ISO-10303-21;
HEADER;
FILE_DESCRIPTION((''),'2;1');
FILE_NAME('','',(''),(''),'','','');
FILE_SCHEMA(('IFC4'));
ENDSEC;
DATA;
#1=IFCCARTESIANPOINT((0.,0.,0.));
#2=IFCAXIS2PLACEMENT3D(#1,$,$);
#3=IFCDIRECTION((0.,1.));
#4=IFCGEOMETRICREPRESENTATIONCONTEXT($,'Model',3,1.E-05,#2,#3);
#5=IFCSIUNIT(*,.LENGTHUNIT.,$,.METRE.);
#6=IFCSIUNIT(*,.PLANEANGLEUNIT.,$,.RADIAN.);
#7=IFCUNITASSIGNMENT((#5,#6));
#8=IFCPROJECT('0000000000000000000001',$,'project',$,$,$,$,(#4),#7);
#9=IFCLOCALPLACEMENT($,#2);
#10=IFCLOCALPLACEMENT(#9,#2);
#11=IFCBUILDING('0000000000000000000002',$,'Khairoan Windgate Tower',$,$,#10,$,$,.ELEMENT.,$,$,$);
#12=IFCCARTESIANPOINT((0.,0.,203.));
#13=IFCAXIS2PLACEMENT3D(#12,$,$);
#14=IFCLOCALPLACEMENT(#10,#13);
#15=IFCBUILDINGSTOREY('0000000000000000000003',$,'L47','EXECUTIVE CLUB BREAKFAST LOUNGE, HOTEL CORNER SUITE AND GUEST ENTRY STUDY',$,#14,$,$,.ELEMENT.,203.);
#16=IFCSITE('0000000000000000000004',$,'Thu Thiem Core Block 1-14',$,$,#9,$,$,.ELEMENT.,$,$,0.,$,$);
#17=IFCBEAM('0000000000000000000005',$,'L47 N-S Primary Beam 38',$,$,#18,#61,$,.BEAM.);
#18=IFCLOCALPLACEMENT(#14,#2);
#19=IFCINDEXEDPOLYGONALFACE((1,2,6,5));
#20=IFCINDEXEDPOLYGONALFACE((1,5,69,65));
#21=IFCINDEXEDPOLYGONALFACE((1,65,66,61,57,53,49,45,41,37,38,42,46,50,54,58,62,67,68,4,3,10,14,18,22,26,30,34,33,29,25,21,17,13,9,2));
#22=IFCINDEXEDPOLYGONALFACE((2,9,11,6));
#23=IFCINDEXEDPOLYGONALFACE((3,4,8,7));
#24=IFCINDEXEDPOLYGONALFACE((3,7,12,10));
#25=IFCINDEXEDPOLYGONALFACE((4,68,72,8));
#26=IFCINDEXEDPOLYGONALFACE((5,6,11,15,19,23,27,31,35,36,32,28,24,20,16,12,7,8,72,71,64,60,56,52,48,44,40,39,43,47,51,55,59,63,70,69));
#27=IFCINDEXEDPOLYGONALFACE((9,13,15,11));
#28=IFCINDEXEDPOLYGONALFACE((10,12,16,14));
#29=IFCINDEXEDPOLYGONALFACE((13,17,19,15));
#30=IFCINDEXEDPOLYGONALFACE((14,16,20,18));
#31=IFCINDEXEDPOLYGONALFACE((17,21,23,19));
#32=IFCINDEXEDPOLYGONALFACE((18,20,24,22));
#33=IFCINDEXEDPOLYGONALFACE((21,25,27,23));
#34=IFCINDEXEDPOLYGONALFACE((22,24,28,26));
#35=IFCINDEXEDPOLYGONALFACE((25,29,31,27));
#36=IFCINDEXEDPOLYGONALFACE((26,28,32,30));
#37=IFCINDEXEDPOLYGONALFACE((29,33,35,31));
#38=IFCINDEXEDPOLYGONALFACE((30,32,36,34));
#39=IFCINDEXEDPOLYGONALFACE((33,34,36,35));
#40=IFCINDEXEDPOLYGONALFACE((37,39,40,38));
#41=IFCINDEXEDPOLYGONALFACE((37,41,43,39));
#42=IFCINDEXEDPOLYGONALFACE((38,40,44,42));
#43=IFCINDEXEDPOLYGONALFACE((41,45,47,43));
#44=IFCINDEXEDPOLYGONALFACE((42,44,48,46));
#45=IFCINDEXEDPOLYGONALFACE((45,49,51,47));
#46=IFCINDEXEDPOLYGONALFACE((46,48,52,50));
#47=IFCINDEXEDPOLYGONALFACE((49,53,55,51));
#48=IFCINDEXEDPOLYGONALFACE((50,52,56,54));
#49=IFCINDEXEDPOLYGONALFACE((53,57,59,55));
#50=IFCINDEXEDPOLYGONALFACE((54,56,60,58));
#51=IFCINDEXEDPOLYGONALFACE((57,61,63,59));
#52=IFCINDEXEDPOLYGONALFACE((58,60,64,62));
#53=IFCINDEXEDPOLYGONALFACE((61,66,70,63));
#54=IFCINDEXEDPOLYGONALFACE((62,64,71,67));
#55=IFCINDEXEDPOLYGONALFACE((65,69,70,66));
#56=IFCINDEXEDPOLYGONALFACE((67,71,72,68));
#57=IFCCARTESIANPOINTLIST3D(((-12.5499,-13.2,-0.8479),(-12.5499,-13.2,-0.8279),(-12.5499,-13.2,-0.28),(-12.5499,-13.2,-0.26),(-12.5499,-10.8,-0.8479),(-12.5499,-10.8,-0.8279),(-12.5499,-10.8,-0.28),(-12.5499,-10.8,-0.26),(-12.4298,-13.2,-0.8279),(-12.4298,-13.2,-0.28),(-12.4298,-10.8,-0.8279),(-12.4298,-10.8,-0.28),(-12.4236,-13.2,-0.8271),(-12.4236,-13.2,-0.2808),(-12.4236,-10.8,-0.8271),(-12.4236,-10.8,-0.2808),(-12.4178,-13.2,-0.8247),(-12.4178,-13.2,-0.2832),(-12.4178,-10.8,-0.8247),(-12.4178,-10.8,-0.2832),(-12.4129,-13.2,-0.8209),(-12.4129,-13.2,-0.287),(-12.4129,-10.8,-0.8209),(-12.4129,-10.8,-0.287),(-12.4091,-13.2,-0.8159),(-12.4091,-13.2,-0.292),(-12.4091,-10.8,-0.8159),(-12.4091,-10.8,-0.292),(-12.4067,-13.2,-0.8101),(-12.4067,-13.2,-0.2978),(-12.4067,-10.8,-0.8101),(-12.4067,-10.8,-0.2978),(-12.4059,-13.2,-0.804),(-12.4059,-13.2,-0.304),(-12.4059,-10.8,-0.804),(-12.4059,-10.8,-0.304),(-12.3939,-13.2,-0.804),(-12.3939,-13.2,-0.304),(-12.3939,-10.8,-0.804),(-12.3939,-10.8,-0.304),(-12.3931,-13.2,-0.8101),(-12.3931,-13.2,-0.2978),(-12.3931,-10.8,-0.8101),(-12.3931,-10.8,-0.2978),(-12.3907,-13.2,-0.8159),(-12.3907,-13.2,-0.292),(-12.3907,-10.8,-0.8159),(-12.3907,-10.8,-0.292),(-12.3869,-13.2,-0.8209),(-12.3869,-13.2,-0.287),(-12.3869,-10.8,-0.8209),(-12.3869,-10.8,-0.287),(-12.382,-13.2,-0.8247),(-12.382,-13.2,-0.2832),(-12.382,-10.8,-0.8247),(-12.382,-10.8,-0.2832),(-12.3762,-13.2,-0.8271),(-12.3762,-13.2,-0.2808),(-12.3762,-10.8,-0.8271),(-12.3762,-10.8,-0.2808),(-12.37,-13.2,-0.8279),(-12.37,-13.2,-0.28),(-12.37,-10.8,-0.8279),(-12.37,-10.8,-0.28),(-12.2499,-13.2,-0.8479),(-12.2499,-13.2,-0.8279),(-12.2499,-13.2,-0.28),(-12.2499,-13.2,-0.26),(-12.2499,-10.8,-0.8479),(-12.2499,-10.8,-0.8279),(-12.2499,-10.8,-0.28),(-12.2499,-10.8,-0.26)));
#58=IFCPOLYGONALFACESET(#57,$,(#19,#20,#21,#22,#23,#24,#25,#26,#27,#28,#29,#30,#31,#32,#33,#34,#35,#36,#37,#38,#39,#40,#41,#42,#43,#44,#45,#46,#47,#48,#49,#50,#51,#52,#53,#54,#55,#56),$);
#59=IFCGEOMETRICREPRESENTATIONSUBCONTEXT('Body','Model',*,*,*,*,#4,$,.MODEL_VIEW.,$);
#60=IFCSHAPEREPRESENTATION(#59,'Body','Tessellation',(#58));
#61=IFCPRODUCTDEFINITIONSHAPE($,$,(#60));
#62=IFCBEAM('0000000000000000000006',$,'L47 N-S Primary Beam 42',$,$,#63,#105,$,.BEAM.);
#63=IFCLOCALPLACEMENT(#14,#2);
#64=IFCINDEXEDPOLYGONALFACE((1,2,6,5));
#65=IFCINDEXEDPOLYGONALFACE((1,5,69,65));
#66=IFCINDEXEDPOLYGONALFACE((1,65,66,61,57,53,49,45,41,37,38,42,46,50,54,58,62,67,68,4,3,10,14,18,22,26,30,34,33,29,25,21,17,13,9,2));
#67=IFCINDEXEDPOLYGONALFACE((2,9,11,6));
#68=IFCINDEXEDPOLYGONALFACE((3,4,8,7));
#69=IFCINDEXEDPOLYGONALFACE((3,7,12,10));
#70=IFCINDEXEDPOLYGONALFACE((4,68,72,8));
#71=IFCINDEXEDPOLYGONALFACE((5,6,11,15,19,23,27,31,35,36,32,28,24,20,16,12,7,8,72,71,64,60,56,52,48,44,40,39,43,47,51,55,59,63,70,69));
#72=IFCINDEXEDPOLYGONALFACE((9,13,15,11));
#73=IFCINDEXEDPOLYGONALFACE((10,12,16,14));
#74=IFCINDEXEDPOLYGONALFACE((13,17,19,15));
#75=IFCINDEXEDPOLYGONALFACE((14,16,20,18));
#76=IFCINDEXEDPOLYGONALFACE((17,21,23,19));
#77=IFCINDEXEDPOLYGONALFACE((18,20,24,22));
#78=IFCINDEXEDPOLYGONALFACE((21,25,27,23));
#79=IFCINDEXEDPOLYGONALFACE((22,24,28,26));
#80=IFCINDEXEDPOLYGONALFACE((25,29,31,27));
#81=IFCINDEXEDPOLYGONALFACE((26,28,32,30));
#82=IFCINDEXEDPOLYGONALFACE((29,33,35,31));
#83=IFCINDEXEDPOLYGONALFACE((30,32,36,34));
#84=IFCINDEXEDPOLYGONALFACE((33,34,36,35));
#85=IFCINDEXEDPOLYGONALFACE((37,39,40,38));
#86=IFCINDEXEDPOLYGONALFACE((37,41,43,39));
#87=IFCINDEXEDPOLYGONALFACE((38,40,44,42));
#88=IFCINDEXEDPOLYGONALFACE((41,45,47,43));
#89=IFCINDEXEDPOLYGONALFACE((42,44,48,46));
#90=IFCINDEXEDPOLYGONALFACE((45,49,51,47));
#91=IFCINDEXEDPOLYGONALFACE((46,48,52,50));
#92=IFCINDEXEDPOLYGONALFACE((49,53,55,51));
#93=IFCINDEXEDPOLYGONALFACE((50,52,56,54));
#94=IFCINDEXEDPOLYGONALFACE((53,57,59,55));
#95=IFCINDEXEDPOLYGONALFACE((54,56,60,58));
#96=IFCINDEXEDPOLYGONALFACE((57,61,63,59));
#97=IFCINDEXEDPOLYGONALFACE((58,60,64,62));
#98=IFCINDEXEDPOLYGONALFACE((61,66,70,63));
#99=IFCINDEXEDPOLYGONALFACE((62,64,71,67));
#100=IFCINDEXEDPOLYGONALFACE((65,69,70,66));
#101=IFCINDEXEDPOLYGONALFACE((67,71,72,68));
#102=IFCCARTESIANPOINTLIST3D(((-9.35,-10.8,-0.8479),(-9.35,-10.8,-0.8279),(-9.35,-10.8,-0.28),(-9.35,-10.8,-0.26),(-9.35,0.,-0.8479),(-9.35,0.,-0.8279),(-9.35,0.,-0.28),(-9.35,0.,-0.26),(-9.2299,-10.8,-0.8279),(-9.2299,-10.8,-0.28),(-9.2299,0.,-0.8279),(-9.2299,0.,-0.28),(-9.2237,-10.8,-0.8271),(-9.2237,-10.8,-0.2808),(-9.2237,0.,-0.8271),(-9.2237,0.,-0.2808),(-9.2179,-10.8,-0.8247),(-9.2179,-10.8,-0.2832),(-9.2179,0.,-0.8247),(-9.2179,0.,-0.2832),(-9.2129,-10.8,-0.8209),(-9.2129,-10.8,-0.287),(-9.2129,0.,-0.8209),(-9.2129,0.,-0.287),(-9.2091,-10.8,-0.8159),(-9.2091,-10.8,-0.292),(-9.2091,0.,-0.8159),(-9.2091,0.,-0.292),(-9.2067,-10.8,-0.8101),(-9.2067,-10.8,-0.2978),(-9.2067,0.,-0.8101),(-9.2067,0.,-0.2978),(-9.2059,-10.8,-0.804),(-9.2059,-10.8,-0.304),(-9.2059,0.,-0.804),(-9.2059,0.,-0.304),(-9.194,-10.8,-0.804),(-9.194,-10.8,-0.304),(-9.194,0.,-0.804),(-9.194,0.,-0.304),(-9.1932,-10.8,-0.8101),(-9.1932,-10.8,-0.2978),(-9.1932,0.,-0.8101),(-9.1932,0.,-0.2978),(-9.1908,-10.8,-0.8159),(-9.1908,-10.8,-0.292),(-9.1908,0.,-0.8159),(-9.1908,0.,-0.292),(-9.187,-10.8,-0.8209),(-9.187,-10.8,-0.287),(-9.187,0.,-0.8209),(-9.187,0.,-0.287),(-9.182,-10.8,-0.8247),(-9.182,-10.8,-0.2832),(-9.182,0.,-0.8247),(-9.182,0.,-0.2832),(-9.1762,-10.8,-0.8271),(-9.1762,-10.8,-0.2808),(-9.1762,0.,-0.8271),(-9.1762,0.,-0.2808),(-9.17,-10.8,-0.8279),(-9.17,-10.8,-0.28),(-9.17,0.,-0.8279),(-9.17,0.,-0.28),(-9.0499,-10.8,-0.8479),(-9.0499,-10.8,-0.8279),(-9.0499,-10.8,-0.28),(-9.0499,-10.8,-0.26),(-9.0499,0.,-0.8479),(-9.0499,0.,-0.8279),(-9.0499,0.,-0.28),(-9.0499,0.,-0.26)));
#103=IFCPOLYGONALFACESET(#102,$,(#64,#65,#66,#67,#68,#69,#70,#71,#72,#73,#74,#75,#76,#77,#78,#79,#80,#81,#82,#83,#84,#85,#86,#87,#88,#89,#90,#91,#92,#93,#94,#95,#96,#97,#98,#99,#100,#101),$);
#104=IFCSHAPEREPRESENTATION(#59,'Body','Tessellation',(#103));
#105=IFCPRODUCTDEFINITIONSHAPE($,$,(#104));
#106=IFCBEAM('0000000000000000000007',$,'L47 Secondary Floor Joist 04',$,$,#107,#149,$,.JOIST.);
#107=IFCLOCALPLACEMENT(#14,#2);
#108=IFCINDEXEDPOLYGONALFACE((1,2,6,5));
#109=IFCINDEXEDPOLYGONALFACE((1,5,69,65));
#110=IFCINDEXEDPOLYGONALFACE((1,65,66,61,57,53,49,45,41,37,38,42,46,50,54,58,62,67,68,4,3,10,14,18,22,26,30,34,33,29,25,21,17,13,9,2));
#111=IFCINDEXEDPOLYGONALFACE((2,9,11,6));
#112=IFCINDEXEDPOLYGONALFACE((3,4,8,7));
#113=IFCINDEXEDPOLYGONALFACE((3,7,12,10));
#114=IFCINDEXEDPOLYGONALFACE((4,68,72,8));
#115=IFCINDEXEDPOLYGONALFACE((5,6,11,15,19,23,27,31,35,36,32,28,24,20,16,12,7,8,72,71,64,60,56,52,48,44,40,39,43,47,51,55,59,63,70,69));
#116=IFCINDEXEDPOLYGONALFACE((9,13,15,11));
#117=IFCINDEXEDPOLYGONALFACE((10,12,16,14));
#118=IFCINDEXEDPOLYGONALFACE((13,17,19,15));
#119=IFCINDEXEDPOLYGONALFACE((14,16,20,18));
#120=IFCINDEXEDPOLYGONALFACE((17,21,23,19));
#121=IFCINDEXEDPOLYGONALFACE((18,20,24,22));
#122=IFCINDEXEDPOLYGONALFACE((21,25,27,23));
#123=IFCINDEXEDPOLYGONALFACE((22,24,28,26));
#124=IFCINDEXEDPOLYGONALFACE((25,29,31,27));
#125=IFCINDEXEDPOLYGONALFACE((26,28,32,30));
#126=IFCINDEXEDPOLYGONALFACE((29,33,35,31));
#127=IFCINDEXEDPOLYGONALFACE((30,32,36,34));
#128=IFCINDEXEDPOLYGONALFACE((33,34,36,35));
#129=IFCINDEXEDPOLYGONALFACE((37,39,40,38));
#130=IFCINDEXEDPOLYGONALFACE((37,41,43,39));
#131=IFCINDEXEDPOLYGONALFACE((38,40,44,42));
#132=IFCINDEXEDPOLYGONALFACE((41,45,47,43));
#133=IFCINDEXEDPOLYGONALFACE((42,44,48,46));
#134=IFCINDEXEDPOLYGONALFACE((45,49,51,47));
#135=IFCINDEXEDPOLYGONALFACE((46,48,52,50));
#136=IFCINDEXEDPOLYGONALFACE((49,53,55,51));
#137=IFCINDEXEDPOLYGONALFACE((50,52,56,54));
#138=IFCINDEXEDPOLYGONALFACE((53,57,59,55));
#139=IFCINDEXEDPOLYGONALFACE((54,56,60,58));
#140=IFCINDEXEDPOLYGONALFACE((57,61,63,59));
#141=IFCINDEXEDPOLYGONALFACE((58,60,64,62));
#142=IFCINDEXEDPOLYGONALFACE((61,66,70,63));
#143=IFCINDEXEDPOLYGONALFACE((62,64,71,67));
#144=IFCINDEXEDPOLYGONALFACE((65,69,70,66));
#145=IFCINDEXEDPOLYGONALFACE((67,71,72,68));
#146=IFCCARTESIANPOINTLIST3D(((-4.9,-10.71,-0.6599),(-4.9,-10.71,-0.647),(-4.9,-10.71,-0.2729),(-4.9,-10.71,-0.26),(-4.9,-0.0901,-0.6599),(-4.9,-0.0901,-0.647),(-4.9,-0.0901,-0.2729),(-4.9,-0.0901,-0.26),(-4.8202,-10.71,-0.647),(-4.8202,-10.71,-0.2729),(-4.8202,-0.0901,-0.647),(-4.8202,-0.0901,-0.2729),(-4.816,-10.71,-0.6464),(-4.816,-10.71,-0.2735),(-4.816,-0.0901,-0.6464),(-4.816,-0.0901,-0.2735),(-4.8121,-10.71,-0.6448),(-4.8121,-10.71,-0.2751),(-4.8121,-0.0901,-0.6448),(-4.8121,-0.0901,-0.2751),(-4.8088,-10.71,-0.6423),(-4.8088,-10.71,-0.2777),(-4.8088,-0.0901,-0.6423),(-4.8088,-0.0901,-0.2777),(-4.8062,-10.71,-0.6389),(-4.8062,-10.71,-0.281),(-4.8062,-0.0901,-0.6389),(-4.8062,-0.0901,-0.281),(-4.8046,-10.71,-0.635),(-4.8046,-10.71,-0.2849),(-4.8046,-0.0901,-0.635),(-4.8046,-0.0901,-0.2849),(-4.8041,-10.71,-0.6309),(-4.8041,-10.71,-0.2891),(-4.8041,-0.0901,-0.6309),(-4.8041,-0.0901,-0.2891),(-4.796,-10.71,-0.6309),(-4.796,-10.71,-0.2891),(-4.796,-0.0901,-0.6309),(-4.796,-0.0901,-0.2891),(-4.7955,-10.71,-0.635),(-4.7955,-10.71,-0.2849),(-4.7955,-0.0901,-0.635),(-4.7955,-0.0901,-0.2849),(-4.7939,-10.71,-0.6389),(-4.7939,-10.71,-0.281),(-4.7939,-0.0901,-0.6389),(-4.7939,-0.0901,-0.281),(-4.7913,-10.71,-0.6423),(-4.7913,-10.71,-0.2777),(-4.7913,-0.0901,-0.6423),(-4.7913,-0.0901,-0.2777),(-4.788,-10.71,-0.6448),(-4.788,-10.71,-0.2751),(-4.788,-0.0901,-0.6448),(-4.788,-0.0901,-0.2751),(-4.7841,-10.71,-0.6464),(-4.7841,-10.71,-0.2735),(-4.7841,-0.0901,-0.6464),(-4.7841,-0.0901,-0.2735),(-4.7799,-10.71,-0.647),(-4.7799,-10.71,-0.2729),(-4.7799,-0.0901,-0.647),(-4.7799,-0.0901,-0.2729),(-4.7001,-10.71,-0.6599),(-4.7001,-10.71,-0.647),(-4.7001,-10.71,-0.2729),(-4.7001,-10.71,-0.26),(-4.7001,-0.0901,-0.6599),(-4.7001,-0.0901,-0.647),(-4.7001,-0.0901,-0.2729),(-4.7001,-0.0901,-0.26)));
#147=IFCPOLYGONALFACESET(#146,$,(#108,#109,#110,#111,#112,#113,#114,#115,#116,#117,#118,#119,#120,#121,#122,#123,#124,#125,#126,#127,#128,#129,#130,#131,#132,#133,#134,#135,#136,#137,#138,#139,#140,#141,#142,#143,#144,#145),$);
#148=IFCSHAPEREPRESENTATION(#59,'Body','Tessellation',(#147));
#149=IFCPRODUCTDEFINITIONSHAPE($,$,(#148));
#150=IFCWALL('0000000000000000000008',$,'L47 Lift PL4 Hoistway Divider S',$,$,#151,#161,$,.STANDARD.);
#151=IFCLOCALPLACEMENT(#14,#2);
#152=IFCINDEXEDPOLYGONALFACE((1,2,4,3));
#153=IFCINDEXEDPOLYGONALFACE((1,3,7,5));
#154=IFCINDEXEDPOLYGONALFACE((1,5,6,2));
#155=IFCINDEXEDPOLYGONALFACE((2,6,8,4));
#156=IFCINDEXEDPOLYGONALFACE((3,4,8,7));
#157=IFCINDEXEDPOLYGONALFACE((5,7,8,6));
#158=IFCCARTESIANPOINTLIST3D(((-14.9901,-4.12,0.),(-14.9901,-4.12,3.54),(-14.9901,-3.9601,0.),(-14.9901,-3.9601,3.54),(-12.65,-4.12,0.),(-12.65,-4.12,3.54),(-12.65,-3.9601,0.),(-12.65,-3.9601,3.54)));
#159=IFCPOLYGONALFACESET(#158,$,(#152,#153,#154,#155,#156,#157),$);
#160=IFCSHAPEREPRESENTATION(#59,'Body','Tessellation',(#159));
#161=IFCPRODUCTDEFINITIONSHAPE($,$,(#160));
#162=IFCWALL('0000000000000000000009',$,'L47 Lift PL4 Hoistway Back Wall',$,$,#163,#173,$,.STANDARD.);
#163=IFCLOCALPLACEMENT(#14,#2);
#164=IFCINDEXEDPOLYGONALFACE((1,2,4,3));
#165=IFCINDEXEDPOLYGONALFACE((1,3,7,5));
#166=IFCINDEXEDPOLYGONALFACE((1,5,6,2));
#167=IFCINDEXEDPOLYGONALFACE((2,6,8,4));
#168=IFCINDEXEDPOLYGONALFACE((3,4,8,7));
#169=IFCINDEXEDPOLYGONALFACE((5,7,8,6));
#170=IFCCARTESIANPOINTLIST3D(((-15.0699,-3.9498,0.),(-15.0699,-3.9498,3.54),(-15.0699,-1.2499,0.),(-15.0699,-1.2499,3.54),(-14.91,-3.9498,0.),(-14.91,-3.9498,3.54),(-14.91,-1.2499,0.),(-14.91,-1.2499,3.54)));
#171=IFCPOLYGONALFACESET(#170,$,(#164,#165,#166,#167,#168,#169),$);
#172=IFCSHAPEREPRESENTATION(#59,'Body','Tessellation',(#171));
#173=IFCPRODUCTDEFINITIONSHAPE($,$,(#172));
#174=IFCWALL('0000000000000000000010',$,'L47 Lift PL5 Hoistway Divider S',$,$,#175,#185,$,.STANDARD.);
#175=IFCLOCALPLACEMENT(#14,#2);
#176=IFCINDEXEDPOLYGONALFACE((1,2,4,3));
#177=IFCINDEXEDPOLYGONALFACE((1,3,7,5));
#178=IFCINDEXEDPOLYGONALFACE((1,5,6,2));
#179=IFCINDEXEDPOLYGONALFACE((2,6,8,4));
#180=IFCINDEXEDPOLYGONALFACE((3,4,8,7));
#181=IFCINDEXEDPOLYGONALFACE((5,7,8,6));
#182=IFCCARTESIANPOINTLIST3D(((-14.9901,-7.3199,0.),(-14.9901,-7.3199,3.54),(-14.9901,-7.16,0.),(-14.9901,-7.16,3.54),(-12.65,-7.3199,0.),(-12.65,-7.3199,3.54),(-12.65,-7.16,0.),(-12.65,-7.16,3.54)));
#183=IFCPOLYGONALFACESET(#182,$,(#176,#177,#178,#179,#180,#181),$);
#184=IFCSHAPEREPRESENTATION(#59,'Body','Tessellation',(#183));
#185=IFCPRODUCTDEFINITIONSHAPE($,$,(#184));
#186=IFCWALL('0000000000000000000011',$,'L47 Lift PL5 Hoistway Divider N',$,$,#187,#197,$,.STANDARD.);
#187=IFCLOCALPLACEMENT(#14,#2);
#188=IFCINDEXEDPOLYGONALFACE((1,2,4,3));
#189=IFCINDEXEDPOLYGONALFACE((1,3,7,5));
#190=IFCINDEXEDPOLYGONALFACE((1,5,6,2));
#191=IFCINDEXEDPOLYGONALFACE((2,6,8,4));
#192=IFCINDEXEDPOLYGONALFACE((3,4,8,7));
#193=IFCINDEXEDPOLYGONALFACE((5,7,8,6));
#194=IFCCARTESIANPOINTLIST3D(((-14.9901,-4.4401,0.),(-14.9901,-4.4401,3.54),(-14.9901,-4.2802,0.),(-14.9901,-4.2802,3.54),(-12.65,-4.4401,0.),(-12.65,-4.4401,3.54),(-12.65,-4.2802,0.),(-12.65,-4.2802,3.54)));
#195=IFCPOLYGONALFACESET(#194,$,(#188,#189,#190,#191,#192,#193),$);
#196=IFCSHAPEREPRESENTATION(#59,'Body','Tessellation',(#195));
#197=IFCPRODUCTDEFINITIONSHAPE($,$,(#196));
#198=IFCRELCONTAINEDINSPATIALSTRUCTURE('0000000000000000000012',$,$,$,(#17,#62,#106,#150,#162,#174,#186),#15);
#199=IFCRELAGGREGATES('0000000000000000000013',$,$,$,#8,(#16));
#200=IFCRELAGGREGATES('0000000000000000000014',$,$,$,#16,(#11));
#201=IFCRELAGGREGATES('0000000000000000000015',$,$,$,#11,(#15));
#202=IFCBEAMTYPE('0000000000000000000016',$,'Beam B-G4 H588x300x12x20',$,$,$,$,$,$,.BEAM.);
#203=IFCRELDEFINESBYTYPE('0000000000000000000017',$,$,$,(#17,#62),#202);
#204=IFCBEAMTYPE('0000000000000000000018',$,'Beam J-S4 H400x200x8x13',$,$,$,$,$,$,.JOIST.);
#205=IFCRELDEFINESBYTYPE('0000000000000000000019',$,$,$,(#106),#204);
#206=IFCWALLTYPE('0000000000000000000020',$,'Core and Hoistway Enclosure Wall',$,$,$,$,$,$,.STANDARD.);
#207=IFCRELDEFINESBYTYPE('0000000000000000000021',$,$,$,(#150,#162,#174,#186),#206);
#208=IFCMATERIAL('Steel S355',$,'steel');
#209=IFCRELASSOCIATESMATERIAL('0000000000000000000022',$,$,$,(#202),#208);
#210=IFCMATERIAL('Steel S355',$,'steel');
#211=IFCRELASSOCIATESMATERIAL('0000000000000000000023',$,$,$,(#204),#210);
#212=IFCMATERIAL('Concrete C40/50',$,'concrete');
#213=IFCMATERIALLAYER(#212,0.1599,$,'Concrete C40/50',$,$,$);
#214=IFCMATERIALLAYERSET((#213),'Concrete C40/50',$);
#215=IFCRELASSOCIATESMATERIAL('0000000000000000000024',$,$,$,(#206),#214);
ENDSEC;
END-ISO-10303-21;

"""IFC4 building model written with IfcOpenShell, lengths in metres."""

from ifc_helpers import new_model, si_unit, direction, frame, frame_2d, origin, origin_2d, place, context, subcontext, project, spatial, rectangle, i_section, extrude, material, layer, layer_set, material_profile, profile_set, type_object, element, save


model = new_model("IFC4")

# Units and contexts
model_context = context("Model", 3, precision=1e-05, world=origin(), true_north=direction((0.0, 1.0)))
body_context = subcontext(model_context, "Body", "Model", "MODEL_VIEW")
ifc_project = project(units=[si_unit("LENGTHUNIT", "METRE"), si_unit("PLANEANGLEUNIT", "RADIAN")], contexts=[model_context])

# Site, building, storey
site_placement = place(None, origin())
site = spatial("IfcSite", under=ifc_project, at=site_placement, Name="Thu Thiem Core Block 1-14", CompositionType="ELEMENT", RefElevation=0.0)
building_placement = place(site_placement, origin())
building = spatial("IfcBuilding", under=site, at=building_placement, Name="Khairoan Windgate Tower", CompositionType="ELEMENT")
storey_placement = place(building_placement, frame((0.0, 0.0, 203.0)))
storey = spatial("IfcBuildingStorey", under=building, at=storey_placement, Name="L47", Description="EXECUTIVE CLUB BREAKFAST LOUNGE, HOTEL CORNER SUITE AND GUEST ENTRY STUDY", CompositionType="ELEMENT", Elevation=203.0)

# Beams
ifc_material_1 = material(Name="Steel S355", Category="steel")
ifc_material_profile_1 = material_profile(ifc_material_1, i_section(OverallWidth=0.3, OverallDepth=0.5879, WebThickness=0.012, FlangeThickness=0.02, FilletRadius=0.0239, at=origin_2d()))
ifc_profile_set_1 = profile_set([ifc_material_profile_1], Name="Steel S355")
beam_type_1 = type_object("IfcBeamType", Name="Beam B-G4 H588x300x12x20", PredefinedType="BEAM", material=ifc_profile_set_1)
beam_1_placement = place(storey_placement, frame((-12.3999, -13.2, -0.554), z_axis=(0.0, 1.0, 0.0), x_axis=(-1.0, 0.0, 0.0)))
element("IfcBeam", 1, at=beam_1_placement, inside=storey, type_object=beam_type_1, Name="L47 N-S Primary Beam 38", PredefinedType="BEAM", context=body_context, shape_type="SweptSolid", body=[
    extrude(i_section(OverallWidth=0.3, OverallDepth=0.5879, WebThickness=0.012, FlangeThickness=0.02, FilletRadius=0.0239, at=origin_2d()), origin(), (0.0, 0.0, 1.0), 2.3999),
])
beam_2_placement = place(storey_placement, frame((-9.2, -10.8, -0.554), z_axis=(0.0, 1.0, 0.0), x_axis=(-1.0, 0.0, 0.0)))
element("IfcBeam", 2, at=beam_2_placement, inside=storey, type_object=beam_type_1, Name="L47 N-S Primary Beam 42", PredefinedType="BEAM", context=body_context, shape_type="SweptSolid", body=[
    extrude(i_section(OverallWidth=0.3, OverallDepth=0.5879, WebThickness=0.012, FlangeThickness=0.02, FilletRadius=0.0239, at=origin_2d()), origin(), (0.0, 0.0, 1.0), 10.8),
])
ifc_material_2 = material(Name="Steel S355", Category="steel")
ifc_material_profile_2 = material_profile(ifc_material_2, i_section(OverallWidth=0.2, OverallDepth=0.3999, WebThickness=0.0081, FlangeThickness=0.0129, FilletRadius=0.0161, at=origin_2d()))
ifc_profile_set_2 = profile_set([ifc_material_profile_2], Name="Steel S355")
beam_type_2 = type_object("IfcBeamType", Name="Beam J-S4 H400x200x8x13", PredefinedType="JOIST", material=ifc_profile_set_2)
beam_3_placement = place(storey_placement, frame((-4.8, -10.71, -0.46), z_axis=(0.0, 1.0, 0.0), x_axis=(-1.0, 0.0, 0.0)))
element("IfcBeam", 3, at=beam_3_placement, inside=storey, type_object=beam_type_2, Name="L47 Secondary Floor Joist 04", PredefinedType="JOIST", context=body_context, shape_type="SweptSolid", body=[
    extrude(i_section(OverallWidth=0.2, OverallDepth=0.3999, WebThickness=0.0081, FlangeThickness=0.0129, FilletRadius=0.0161, at=origin_2d()), origin(), (0.0, 0.0, 1.0), 10.6199),
])

# Walls
ifc_material_3 = material(Name="Concrete C40/50", Category="concrete")
ifc_layer_1 = layer(ifc_material_3, 0.1599, Name="Concrete C40/50")
ifc_layer_set_1 = layer_set([ifc_layer_1], Name="Concrete C40/50")
wall_type_1 = type_object("IfcWallType", Name="Core and Hoistway Enclosure Wall", PredefinedType="STANDARD", material=ifc_layer_set_1)
wall_1_placement = place(storey_placement, frame((-14.99, -4.04, 0.0), z_axis=(0.0, 0.0, 1.0), x_axis=(1.0, 0.0, 0.0)))
element("IfcWall", 4, at=wall_1_placement, inside=storey, type_object=wall_type_1, Name="L47 Lift PL4 Hoistway Divider S", PredefinedType="STANDARD", context=body_context, shape_type="SweptSolid", body=[
    extrude(rectangle(XDim=2.3401, YDim=0.1599, at=frame_2d((1.1699, 0.0))), origin(), (0.0, 0.0, 1.0), 3.54),
])
wall_2_placement = place(storey_placement, frame((-14.99, -3.95, 0.0), z_axis=(0.0, 0.0, 1.0), x_axis=(0.0, 1.0, 0.0)))
element("IfcWall", 5, at=wall_2_placement, inside=storey, type_object=wall_type_1, Name="L47 Lift PL4 Hoistway Back Wall", PredefinedType="STANDARD", context=body_context, shape_type="SweptSolid", body=[
    extrude(rectangle(XDim=2.7, YDim=0.1599, at=frame_2d((1.3501, 0.0))), origin(), (0.0, 0.0, 1.0), 3.54),
])
for number, where, z_axis, x_axis, name in (
    (6, (-14.99, -7.24, 0.0), (0.0, 0.0, 1.0), (1.0, 0.0, 0.0), "L47 Lift PL5 Hoistway Divider S"),
    (7, (-14.99, -4.3601, 0.0), (0.0, 0.0, 1.0), (1.0, 0.0, 0.0), "L47 Lift PL5 Hoistway Divider N"),
):
    element("IfcWall", number, at=place(storey_placement, frame(where, z_axis=z_axis, x_axis=x_axis)), inside=storey, type_object=wall_type_1, Name=name, PredefinedType="STANDARD", context=body_context, shape_type="SweptSolid", body=[
        extrude(rectangle(XDim=2.3401, YDim=0.1599, at=frame_2d((1.1699, 0.0))), origin(), (0.0, 0.0, 1.0), 3.54),
    ])

save(model, "model.ifc")
